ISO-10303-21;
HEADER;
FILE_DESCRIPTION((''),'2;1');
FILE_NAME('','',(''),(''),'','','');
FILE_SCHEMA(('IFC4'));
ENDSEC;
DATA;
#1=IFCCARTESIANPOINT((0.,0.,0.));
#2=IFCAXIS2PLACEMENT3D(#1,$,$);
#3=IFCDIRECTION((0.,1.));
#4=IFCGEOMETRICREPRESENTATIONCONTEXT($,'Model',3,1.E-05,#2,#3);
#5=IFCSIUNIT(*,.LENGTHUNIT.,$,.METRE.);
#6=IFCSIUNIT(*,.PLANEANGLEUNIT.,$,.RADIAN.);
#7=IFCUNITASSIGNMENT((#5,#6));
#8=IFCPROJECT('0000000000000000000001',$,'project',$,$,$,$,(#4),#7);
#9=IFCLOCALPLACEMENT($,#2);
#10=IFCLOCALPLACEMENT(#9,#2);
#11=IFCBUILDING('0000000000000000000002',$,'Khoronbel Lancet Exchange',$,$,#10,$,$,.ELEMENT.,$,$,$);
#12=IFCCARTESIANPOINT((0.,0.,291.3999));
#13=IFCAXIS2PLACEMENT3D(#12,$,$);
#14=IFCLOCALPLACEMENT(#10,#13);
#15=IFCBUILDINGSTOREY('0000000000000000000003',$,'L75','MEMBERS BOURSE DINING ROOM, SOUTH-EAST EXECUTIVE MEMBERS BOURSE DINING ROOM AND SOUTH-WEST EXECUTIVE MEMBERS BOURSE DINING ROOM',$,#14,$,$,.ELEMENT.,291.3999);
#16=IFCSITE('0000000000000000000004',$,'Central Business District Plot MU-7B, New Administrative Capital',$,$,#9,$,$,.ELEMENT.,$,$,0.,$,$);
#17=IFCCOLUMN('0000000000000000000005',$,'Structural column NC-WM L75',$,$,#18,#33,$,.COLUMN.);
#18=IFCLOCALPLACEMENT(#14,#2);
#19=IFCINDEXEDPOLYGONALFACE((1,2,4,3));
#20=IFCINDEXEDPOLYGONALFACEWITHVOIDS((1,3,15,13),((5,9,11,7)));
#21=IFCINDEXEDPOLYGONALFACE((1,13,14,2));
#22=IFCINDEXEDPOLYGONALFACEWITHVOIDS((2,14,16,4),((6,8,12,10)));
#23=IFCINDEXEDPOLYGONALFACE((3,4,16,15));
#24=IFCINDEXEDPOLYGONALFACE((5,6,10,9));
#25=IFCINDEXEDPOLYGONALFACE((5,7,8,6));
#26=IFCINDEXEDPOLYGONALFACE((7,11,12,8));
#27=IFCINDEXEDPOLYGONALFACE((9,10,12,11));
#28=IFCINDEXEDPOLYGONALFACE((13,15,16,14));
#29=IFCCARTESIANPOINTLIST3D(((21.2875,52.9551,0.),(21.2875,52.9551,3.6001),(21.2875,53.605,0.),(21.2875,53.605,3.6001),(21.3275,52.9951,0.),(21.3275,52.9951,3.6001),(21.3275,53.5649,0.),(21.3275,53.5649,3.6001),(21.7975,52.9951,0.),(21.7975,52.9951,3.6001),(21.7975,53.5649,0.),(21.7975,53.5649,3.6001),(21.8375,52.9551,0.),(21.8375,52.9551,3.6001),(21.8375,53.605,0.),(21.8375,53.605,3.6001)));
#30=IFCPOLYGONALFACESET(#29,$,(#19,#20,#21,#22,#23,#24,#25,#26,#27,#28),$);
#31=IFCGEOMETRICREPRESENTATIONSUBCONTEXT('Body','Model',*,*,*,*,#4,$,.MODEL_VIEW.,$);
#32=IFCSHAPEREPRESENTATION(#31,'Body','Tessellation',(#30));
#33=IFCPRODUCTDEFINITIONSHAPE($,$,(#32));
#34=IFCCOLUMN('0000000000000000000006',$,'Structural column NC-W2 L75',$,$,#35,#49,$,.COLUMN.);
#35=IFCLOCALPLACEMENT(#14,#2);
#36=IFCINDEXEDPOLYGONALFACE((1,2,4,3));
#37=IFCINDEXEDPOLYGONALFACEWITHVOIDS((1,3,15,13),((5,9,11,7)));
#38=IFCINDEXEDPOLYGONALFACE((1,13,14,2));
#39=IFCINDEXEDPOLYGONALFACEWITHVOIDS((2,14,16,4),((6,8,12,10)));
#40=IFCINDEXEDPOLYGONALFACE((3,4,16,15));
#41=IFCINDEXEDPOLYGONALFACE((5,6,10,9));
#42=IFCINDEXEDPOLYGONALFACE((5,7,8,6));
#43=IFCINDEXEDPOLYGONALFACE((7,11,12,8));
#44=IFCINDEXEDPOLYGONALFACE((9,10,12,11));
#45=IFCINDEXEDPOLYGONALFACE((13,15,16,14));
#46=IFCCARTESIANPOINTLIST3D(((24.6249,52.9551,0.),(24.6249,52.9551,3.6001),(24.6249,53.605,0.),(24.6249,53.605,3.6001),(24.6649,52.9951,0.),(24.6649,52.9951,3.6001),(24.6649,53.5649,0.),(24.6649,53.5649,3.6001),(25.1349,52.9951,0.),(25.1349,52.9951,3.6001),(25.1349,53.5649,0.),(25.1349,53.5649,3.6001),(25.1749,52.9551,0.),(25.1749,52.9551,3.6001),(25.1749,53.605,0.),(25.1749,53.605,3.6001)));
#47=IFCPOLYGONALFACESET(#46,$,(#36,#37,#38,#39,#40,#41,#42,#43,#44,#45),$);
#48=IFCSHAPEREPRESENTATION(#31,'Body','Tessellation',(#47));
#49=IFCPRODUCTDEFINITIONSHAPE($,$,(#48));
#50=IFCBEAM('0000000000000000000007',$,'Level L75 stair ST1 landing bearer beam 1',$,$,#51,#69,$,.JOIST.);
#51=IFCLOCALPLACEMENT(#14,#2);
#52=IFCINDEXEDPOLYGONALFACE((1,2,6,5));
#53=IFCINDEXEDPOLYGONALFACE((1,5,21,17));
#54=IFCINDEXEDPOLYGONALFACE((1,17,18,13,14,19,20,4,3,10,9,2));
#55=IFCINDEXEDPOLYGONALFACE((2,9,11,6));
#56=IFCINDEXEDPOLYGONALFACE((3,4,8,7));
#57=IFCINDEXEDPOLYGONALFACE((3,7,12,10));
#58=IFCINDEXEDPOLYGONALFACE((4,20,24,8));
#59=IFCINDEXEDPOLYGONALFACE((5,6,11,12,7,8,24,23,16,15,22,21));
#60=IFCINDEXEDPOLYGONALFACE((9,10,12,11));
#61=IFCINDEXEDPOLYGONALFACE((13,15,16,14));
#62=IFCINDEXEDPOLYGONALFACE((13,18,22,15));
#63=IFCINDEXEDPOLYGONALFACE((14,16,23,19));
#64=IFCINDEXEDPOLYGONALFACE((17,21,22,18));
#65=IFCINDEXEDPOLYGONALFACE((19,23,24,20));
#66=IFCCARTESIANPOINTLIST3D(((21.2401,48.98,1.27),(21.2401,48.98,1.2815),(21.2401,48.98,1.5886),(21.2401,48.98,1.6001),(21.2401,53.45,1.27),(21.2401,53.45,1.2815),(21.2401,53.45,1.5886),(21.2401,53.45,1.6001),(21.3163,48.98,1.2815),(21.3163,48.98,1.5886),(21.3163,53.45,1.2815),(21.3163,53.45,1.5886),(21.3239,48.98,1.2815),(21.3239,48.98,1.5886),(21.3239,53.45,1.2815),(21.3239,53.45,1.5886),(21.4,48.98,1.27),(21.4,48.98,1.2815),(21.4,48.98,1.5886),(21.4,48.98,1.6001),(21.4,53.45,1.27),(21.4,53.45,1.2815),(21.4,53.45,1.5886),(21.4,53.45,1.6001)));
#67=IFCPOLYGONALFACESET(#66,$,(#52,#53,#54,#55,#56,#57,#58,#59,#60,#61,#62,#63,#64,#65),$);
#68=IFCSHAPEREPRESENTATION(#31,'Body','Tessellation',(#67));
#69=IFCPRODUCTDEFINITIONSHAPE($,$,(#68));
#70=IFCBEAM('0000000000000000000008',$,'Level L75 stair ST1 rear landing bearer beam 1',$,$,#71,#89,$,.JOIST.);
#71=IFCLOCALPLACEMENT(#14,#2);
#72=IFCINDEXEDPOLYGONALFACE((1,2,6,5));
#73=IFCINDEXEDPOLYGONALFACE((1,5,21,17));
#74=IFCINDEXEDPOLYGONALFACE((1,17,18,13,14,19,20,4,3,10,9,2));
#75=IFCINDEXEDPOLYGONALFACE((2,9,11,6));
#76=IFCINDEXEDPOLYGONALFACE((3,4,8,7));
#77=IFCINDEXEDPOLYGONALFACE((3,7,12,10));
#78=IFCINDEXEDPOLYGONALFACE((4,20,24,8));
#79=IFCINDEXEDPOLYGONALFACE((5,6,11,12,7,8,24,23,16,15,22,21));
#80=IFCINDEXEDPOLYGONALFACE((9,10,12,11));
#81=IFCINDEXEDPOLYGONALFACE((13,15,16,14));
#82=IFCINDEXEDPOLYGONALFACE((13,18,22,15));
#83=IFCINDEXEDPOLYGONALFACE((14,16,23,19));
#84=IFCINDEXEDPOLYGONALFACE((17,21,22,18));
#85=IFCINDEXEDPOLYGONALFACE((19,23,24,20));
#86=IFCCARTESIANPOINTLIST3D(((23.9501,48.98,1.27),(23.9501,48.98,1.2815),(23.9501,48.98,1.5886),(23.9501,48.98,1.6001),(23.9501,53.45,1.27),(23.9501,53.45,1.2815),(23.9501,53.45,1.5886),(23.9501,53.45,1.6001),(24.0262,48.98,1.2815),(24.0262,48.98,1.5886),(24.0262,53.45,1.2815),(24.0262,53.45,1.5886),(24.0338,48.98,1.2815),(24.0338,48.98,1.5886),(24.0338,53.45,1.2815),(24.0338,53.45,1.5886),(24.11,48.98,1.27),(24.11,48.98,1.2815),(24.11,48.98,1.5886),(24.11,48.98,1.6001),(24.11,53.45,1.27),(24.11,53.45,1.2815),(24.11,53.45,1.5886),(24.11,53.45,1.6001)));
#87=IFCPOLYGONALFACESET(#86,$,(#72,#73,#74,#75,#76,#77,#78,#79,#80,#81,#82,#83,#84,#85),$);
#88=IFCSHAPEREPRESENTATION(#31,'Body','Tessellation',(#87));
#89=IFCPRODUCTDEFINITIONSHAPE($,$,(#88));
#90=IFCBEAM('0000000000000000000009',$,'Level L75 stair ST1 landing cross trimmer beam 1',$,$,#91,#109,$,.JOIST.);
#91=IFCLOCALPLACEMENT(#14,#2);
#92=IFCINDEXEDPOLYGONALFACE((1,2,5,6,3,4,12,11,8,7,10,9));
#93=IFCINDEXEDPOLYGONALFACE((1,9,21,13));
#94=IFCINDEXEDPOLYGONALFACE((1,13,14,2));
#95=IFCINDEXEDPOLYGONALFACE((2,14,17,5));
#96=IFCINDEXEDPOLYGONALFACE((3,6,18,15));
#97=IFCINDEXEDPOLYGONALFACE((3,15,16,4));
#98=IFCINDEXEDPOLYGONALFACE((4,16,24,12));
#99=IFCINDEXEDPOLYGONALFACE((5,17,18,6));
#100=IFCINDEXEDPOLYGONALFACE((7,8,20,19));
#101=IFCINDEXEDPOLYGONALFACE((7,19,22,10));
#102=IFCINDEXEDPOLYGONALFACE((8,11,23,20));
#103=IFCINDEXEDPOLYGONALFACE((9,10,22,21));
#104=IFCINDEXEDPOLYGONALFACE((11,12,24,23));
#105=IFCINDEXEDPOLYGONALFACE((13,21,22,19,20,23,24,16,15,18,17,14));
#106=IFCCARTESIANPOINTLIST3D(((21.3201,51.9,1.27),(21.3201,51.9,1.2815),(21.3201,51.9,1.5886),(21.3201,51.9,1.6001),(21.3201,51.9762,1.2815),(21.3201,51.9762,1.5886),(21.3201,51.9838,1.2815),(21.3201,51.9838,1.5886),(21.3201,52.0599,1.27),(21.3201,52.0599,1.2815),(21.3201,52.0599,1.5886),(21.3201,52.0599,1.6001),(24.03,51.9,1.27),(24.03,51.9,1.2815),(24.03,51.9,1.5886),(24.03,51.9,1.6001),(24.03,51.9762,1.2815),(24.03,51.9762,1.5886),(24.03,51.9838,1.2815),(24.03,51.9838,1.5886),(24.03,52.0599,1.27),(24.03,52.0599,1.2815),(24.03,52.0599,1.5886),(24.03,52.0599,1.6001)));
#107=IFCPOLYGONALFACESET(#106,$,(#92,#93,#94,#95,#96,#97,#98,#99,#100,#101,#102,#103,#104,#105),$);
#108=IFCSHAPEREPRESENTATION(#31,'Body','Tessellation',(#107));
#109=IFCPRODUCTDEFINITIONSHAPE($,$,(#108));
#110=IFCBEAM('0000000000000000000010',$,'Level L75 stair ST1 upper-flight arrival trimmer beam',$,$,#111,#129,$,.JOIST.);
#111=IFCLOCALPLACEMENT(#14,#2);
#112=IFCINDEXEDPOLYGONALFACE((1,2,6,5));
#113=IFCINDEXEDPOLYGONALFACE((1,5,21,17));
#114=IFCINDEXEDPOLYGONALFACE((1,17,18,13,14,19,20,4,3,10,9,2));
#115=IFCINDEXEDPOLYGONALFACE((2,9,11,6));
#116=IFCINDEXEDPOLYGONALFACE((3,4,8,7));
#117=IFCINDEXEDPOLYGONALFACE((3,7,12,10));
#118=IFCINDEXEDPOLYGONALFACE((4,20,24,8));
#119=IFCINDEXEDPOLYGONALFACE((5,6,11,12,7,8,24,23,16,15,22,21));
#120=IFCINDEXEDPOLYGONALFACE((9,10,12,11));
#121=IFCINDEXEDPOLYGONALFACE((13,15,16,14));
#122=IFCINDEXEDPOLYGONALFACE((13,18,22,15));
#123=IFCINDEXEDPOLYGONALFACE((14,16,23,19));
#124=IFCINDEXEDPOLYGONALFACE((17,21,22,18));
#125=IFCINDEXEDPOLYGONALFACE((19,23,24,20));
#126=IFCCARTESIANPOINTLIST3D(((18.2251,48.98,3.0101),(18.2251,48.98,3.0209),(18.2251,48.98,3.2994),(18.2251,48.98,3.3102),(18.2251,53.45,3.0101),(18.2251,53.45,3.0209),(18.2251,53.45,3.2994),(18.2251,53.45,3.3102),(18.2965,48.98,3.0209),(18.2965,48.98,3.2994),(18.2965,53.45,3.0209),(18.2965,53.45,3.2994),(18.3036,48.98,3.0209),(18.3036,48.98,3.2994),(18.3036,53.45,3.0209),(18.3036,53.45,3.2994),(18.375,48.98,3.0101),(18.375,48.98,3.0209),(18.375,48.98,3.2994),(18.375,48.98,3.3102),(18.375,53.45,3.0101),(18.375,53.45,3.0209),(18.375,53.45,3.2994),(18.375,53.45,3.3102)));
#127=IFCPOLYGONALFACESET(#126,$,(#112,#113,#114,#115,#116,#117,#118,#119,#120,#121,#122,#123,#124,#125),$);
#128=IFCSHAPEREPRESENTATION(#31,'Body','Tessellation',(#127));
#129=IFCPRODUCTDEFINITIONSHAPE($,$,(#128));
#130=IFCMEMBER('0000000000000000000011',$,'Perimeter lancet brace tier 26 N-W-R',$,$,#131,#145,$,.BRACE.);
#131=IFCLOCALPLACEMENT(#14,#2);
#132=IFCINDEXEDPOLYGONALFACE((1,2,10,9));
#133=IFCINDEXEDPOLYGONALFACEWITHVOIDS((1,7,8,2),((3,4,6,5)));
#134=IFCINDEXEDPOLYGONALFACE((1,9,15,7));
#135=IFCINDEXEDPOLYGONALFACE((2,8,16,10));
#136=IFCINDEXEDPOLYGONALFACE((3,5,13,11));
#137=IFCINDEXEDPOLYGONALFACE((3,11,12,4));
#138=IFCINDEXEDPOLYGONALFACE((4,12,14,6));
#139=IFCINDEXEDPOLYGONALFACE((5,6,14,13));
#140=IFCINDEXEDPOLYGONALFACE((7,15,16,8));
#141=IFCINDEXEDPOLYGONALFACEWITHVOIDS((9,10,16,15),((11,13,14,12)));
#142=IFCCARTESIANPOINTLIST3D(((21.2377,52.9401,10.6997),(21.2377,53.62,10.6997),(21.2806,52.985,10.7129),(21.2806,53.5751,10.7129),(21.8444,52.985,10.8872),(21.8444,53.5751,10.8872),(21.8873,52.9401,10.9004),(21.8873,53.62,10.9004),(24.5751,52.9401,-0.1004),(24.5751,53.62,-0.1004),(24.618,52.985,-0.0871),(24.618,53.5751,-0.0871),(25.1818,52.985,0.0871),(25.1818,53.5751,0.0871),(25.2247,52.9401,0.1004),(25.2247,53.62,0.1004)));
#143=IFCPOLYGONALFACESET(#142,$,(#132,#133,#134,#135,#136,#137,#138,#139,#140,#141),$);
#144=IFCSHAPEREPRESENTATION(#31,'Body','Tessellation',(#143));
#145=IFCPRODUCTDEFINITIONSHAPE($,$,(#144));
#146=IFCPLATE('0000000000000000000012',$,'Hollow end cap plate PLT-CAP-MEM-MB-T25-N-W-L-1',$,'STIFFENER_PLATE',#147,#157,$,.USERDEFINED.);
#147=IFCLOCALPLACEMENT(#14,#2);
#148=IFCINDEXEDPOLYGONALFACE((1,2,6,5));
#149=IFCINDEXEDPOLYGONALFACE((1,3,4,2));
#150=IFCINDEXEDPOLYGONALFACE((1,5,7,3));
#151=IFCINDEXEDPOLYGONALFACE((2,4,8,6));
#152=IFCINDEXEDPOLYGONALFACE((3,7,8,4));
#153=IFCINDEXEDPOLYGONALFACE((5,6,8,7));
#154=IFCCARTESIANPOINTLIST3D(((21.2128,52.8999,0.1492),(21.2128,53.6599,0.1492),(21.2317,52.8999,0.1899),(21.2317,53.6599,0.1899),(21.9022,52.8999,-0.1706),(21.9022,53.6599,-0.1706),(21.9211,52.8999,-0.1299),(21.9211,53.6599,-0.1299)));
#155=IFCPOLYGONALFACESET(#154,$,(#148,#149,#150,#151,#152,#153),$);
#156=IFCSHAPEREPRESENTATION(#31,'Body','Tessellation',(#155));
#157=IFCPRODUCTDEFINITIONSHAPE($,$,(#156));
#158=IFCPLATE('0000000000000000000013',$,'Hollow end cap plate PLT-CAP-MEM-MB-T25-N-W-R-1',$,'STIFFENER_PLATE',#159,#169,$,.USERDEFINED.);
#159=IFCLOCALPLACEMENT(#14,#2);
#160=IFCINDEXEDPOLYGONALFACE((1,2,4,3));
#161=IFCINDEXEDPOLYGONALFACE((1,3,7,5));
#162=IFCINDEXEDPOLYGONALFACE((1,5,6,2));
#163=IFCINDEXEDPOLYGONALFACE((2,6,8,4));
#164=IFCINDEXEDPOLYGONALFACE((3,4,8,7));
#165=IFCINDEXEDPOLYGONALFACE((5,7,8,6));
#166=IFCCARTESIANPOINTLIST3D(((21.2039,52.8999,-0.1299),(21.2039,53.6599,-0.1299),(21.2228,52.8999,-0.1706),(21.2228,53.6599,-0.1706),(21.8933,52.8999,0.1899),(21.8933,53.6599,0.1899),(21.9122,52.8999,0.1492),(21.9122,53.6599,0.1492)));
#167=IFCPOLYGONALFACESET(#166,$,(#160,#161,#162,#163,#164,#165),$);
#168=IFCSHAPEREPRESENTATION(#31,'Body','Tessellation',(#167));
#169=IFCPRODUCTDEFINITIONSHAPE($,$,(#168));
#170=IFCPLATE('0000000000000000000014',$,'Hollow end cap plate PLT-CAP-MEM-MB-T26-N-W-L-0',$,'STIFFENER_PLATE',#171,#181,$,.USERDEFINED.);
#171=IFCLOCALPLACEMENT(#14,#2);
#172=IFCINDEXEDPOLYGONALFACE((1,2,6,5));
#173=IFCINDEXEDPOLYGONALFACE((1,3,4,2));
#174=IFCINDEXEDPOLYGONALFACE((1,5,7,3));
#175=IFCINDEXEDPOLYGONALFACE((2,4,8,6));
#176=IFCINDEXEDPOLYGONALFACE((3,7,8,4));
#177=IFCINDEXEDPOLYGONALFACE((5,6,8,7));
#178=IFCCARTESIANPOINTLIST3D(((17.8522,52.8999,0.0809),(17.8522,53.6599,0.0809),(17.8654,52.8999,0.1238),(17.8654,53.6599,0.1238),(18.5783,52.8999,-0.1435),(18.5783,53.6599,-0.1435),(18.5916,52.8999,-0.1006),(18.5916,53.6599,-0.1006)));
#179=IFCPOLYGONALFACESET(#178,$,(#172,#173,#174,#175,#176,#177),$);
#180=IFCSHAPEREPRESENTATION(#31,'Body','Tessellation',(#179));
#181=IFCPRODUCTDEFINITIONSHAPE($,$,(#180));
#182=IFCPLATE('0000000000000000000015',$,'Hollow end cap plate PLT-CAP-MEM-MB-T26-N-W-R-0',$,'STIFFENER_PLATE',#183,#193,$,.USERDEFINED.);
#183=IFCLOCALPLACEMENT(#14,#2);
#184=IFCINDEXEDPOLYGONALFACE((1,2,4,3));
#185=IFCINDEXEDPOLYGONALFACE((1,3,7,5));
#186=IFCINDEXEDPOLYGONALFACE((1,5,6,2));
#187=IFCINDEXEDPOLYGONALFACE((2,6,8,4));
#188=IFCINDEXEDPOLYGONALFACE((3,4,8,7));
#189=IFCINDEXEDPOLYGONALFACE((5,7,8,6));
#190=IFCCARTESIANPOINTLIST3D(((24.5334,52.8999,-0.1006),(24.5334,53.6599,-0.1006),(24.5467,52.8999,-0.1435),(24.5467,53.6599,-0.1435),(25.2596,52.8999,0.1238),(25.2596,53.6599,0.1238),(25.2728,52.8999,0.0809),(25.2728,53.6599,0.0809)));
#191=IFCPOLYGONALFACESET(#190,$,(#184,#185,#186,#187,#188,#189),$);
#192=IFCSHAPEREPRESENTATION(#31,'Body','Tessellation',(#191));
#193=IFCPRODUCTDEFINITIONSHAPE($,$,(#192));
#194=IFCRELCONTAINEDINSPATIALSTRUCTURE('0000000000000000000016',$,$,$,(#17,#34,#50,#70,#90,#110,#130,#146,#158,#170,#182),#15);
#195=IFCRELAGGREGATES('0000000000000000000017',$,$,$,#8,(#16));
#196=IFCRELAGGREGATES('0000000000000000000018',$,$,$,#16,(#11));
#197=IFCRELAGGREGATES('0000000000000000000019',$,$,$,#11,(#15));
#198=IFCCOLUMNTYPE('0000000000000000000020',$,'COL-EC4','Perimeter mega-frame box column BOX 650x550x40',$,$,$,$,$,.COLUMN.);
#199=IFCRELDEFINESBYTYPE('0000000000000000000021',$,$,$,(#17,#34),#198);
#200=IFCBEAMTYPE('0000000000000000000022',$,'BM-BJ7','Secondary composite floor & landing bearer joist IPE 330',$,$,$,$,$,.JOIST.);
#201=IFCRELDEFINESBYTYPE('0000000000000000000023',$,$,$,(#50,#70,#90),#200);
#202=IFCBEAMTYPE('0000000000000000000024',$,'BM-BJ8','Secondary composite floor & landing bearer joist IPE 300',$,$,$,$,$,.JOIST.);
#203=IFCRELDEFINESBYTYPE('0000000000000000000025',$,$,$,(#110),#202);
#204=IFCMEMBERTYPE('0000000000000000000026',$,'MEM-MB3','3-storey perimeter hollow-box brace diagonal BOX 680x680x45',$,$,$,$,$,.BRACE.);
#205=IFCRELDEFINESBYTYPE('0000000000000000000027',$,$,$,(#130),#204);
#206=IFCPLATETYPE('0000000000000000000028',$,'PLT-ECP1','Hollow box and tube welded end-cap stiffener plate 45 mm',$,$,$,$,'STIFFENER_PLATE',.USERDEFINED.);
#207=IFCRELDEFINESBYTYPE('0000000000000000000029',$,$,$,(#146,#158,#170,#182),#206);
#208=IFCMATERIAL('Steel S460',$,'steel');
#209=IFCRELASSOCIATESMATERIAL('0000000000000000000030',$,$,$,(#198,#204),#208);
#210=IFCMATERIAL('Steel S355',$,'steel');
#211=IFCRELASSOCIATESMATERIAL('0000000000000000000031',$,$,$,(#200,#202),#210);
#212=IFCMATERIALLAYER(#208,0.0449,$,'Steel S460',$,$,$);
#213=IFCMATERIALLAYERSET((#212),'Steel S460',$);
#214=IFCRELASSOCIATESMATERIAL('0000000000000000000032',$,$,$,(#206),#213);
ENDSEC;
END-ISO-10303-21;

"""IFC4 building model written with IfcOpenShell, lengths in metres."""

from ifc_helpers import new_model, si_unit, direction, frame, origin, origin_2d, place, context, subcontext, project, spatial, polyline, hollow_rectangle, i_section, outline, extrude, material, layer, layer_set, material_profile, profile_set, type_object, element, save


model = new_model("IFC4")

# Units and contexts
model_context = context("Model", 3, precision=1e-05, world=origin(), true_north=direction((0.0, 1.0)))
body_context = subcontext(model_context, "Body", "Model", "MODEL_VIEW")
ifc_project = project(units=[si_unit("LENGTHUNIT", "METRE"), si_unit("PLANEANGLEUNIT", "RADIAN")], contexts=[model_context])

# Site, building, storey
site_placement = place(None, origin())
site = spatial("IfcSite", under=ifc_project, at=site_placement, Name="Central Business District Plot MU-7B, New Administrative Capital", CompositionType="ELEMENT", RefElevation=0.0)
building_placement = place(site_placement, origin())
building = spatial("IfcBuilding", under=site, at=building_placement, Name="Khoronbel Lancet Exchange", CompositionType="ELEMENT")
storey_placement = place(building_placement, frame((0.0, 0.0, 291.3999)))
storey = spatial("IfcBuildingStorey", under=building, at=storey_placement, Name="L75", Description="MEMBERS BOURSE DINING ROOM, SOUTH-EAST EXECUTIVE MEMBERS BOURSE DINING ROOM AND SOUTH-WEST EXECUTIVE MEMBERS BOURSE DINING ROOM", CompositionType="ELEMENT", Elevation=291.3999)

# Columns
ifc_material_1 = material(Name="Steel S460", Category="steel")
ifc_material_profile_1 = material_profile(ifc_material_1, hollow_rectangle(XDim=0.55, YDim=0.6499, WallThickness=0.04, at=origin_2d()), Name="BOX 650x550x40")
ifc_profile_set_1 = profile_set([ifc_material_profile_1], Name="Steel S460")
column_type = type_object("IfcColumnType", Name="COL-EC4", Description="Perimeter mega-frame box column BOX 650x550x40", PredefinedType="COLUMN", material=ifc_profile_set_1)
for number, where, z_axis, x_axis, name in (
    (1, (21.5625, 53.28, 0.0), (0.0, 0.0, 1.0), (1.0, 0.0, 0.0), "Structural column NC-WM L75"),
    (2, (24.8999, 53.28, 0.0), (0.0, 0.0, 1.0), (1.0, 0.0, 0.0), "Structural column NC-W2 L75"),
):
    element("IfcColumn", number, at=place(storey_placement, frame(where, z_axis=z_axis, x_axis=x_axis)), inside=storey, type_object=column_type, Name=name, PredefinedType="COLUMN", context=body_context, shape_type="SweptSolid", body=[
        extrude(hollow_rectangle(XDim=0.55, YDim=0.6499, WallThickness=0.04, at=origin_2d()), origin(), (0.0, 0.0, 1.0), 3.6001),
    ])

# Beams
ifc_material_2 = material(Name="Steel S355", Category="steel")
ifc_material_profile_2 = material_profile(ifc_material_2, i_section(OverallWidth=0.1599, OverallDepth=0.3301, WebThickness=0.0076, FlangeThickness=0.0115, at=origin_2d()), Name="IPE 330")
ifc_profile_set_2 = profile_set([ifc_material_profile_2], Name="Steel S355")
beam_type_1 = type_object("IfcBeamType", Name="BM-BJ7", Description="Secondary composite floor & landing bearer joist IPE 330", PredefinedType="JOIST", material=ifc_profile_set_2)
for number, where, z_axis, x_axis, name in (
    (3, (21.3201, 48.98, 1.4351), (0.0, 1.0, 0.0), (-1.0, 0.0, 0.0), "Level L75 stair ST1 landing bearer beam 1"),
    (4, (24.03, 48.98, 1.4351), (0.0, 1.0, 0.0), (-1.0, 0.0, 0.0), "Level L75 stair ST1 rear landing bearer beam 1"),
):
    element("IfcBeam", number, at=place(storey_placement, frame(where, z_axis=z_axis, x_axis=x_axis)), inside=storey, type_object=beam_type_1, Name=name, PredefinedType="JOIST", context=body_context, shape_type="SweptSolid", body=[
        extrude(i_section(OverallWidth=0.1599, OverallDepth=0.3301, WebThickness=0.0076, FlangeThickness=0.0115, at=origin_2d()), origin(), (0.0, 0.0, 1.0), 4.47),
    ])
beam_1_placement = place(storey_placement, frame((21.3201, 51.98, 1.4351), z_axis=(1.0, 0.0, 0.0), x_axis=(0.0, 1.0, 0.0)))
element("IfcBeam", 5, at=beam_1_placement, inside=storey, type_object=beam_type_1, Name="Level L75 stair ST1 landing cross trimmer beam 1", PredefinedType="JOIST", context=body_context, shape_type="SweptSolid", body=[
    extrude(i_section(OverallWidth=0.1599, OverallDepth=0.3301, WebThickness=0.0076, FlangeThickness=0.0115, at=origin_2d()), origin(), (0.0, 0.0, 1.0), 2.71),
])
ifc_material_profile_3 = material_profile(ifc_material_2, i_section(OverallWidth=0.1499, OverallDepth=0.3, WebThickness=0.0071, FlangeThickness=0.0107, at=origin_2d()), Name="IPE 300")
ifc_profile_set_3 = profile_set([ifc_material_profile_3], Name="Steel S355")
beam_type_2 = type_object("IfcBeamType", Name="BM-BJ8", Description="Secondary composite floor & landing bearer joist IPE 300", PredefinedType="JOIST", material=ifc_profile_set_3)
beam_2_placement = place(storey_placement, frame((18.3, 48.98, 3.1602), z_axis=(0.0, 1.0, 0.0), x_axis=(-1.0, 0.0, 0.0)))
element("IfcBeam", 6, at=beam_2_placement, inside=storey, type_object=beam_type_2, Name="Level L75 stair ST1 upper-flight arrival trimmer beam", PredefinedType="JOIST", context=body_context, shape_type="SweptSolid", body=[
    extrude(i_section(OverallWidth=0.1499, OverallDepth=0.3, WebThickness=0.0071, FlangeThickness=0.0107, at=origin_2d()), origin(), (0.0, 0.0, 1.0), 4.47),
])

# Member
ifc_material_profile_4 = material_profile(ifc_material_1, hollow_rectangle(XDim=0.6799, YDim=0.6799, WallThickness=0.0449, at=origin_2d()), Name="BOX 680x680x45")
ifc_profile_set_4 = profile_set([ifc_material_profile_4], Name="Steel S460")
member_type = type_object("IfcMemberType", Name="MEM-MB3", Description="3-storey perimeter hollow-box brace diagonal BOX 680x680x45", PredefinedType="BRACE", material=ifc_profile_set_4)
member_placement = place(storey_placement, frame((24.8999, 53.28, 0.0), z_axis=(-0.295242, 0.0, 0.955422), x_axis=(0.0, -1.0, 0.0)))
element("IfcMember", 7, at=member_placement, inside=storey, type_object=member_type, Name="Perimeter lancet brace tier 26 N-W-R", PredefinedType="BRACE", context=body_context, shape_type="SweptSolid", body=[
    extrude(hollow_rectangle(XDim=0.6799, YDim=0.6799, WallThickness=0.0449, at=origin_2d()), origin(), (0.0, 0.0, 1.0), 11.304),
])

# Plates
ifc_layer_1 = layer(ifc_material_1, 0.0449, Name="Steel S460")
ifc_layer_set_1 = layer_set([ifc_layer_1], Name="Steel S460")
plate_type = type_object("IfcPlateType", Name="PLT-ECP1", Description="Hollow box and tube welded end-cap stiffener plate 45 mm", ElementType="STIFFENER_PLATE", PredefinedType="USERDEFINED", material=ifc_layer_set_1)
for number, where, z_axis, x_axis, name in (
    (8, (21.9211, 52.8999, -0.1299), (0.420809, 0.0, 0.907149), (0.0, 1.0, 0.0), "Hollow end cap plate PLT-CAP-MEM-MB-T25-N-W-L-1"),
    (9, (21.2039, 53.6599, -0.1299), (-0.420809, 0.0, 0.907149), (0.0, -1.0, 0.0), "Hollow end cap plate PLT-CAP-MEM-MB-T25-N-W-R-1"),
    (10, (18.5916, 52.8999, -0.1006), (0.295237, 0.0, 0.955424), (0.0, 1.0, 0.0), "Hollow end cap plate PLT-CAP-MEM-MB-T26-N-W-L-0"),
    (11, (24.5334, 53.6599, -0.1006), (-0.295237, 0.0, 0.955424), (0.0, -1.0, 0.0), "Hollow end cap plate PLT-CAP-MEM-MB-T26-N-W-R-0"),
):
    element("IfcPlate", number, at=place(storey_placement, frame(where, z_axis=z_axis, x_axis=x_axis)), inside=storey, type_object=plate_type, Name=name, ObjectType="STIFFENER_PLATE", PredefinedType="USERDEFINED", context=body_context, shape_type="SweptSolid", body=[
        extrude(outline(polyline([(0.0, 0.0), (0.76, 0.0), (0.76, 0.76), (0.0, 0.76), (0.0, 0.0)])), origin(), (0.0, 0.0, -1.0), 0.0449),
    ])

save(model, "model.ifc")
